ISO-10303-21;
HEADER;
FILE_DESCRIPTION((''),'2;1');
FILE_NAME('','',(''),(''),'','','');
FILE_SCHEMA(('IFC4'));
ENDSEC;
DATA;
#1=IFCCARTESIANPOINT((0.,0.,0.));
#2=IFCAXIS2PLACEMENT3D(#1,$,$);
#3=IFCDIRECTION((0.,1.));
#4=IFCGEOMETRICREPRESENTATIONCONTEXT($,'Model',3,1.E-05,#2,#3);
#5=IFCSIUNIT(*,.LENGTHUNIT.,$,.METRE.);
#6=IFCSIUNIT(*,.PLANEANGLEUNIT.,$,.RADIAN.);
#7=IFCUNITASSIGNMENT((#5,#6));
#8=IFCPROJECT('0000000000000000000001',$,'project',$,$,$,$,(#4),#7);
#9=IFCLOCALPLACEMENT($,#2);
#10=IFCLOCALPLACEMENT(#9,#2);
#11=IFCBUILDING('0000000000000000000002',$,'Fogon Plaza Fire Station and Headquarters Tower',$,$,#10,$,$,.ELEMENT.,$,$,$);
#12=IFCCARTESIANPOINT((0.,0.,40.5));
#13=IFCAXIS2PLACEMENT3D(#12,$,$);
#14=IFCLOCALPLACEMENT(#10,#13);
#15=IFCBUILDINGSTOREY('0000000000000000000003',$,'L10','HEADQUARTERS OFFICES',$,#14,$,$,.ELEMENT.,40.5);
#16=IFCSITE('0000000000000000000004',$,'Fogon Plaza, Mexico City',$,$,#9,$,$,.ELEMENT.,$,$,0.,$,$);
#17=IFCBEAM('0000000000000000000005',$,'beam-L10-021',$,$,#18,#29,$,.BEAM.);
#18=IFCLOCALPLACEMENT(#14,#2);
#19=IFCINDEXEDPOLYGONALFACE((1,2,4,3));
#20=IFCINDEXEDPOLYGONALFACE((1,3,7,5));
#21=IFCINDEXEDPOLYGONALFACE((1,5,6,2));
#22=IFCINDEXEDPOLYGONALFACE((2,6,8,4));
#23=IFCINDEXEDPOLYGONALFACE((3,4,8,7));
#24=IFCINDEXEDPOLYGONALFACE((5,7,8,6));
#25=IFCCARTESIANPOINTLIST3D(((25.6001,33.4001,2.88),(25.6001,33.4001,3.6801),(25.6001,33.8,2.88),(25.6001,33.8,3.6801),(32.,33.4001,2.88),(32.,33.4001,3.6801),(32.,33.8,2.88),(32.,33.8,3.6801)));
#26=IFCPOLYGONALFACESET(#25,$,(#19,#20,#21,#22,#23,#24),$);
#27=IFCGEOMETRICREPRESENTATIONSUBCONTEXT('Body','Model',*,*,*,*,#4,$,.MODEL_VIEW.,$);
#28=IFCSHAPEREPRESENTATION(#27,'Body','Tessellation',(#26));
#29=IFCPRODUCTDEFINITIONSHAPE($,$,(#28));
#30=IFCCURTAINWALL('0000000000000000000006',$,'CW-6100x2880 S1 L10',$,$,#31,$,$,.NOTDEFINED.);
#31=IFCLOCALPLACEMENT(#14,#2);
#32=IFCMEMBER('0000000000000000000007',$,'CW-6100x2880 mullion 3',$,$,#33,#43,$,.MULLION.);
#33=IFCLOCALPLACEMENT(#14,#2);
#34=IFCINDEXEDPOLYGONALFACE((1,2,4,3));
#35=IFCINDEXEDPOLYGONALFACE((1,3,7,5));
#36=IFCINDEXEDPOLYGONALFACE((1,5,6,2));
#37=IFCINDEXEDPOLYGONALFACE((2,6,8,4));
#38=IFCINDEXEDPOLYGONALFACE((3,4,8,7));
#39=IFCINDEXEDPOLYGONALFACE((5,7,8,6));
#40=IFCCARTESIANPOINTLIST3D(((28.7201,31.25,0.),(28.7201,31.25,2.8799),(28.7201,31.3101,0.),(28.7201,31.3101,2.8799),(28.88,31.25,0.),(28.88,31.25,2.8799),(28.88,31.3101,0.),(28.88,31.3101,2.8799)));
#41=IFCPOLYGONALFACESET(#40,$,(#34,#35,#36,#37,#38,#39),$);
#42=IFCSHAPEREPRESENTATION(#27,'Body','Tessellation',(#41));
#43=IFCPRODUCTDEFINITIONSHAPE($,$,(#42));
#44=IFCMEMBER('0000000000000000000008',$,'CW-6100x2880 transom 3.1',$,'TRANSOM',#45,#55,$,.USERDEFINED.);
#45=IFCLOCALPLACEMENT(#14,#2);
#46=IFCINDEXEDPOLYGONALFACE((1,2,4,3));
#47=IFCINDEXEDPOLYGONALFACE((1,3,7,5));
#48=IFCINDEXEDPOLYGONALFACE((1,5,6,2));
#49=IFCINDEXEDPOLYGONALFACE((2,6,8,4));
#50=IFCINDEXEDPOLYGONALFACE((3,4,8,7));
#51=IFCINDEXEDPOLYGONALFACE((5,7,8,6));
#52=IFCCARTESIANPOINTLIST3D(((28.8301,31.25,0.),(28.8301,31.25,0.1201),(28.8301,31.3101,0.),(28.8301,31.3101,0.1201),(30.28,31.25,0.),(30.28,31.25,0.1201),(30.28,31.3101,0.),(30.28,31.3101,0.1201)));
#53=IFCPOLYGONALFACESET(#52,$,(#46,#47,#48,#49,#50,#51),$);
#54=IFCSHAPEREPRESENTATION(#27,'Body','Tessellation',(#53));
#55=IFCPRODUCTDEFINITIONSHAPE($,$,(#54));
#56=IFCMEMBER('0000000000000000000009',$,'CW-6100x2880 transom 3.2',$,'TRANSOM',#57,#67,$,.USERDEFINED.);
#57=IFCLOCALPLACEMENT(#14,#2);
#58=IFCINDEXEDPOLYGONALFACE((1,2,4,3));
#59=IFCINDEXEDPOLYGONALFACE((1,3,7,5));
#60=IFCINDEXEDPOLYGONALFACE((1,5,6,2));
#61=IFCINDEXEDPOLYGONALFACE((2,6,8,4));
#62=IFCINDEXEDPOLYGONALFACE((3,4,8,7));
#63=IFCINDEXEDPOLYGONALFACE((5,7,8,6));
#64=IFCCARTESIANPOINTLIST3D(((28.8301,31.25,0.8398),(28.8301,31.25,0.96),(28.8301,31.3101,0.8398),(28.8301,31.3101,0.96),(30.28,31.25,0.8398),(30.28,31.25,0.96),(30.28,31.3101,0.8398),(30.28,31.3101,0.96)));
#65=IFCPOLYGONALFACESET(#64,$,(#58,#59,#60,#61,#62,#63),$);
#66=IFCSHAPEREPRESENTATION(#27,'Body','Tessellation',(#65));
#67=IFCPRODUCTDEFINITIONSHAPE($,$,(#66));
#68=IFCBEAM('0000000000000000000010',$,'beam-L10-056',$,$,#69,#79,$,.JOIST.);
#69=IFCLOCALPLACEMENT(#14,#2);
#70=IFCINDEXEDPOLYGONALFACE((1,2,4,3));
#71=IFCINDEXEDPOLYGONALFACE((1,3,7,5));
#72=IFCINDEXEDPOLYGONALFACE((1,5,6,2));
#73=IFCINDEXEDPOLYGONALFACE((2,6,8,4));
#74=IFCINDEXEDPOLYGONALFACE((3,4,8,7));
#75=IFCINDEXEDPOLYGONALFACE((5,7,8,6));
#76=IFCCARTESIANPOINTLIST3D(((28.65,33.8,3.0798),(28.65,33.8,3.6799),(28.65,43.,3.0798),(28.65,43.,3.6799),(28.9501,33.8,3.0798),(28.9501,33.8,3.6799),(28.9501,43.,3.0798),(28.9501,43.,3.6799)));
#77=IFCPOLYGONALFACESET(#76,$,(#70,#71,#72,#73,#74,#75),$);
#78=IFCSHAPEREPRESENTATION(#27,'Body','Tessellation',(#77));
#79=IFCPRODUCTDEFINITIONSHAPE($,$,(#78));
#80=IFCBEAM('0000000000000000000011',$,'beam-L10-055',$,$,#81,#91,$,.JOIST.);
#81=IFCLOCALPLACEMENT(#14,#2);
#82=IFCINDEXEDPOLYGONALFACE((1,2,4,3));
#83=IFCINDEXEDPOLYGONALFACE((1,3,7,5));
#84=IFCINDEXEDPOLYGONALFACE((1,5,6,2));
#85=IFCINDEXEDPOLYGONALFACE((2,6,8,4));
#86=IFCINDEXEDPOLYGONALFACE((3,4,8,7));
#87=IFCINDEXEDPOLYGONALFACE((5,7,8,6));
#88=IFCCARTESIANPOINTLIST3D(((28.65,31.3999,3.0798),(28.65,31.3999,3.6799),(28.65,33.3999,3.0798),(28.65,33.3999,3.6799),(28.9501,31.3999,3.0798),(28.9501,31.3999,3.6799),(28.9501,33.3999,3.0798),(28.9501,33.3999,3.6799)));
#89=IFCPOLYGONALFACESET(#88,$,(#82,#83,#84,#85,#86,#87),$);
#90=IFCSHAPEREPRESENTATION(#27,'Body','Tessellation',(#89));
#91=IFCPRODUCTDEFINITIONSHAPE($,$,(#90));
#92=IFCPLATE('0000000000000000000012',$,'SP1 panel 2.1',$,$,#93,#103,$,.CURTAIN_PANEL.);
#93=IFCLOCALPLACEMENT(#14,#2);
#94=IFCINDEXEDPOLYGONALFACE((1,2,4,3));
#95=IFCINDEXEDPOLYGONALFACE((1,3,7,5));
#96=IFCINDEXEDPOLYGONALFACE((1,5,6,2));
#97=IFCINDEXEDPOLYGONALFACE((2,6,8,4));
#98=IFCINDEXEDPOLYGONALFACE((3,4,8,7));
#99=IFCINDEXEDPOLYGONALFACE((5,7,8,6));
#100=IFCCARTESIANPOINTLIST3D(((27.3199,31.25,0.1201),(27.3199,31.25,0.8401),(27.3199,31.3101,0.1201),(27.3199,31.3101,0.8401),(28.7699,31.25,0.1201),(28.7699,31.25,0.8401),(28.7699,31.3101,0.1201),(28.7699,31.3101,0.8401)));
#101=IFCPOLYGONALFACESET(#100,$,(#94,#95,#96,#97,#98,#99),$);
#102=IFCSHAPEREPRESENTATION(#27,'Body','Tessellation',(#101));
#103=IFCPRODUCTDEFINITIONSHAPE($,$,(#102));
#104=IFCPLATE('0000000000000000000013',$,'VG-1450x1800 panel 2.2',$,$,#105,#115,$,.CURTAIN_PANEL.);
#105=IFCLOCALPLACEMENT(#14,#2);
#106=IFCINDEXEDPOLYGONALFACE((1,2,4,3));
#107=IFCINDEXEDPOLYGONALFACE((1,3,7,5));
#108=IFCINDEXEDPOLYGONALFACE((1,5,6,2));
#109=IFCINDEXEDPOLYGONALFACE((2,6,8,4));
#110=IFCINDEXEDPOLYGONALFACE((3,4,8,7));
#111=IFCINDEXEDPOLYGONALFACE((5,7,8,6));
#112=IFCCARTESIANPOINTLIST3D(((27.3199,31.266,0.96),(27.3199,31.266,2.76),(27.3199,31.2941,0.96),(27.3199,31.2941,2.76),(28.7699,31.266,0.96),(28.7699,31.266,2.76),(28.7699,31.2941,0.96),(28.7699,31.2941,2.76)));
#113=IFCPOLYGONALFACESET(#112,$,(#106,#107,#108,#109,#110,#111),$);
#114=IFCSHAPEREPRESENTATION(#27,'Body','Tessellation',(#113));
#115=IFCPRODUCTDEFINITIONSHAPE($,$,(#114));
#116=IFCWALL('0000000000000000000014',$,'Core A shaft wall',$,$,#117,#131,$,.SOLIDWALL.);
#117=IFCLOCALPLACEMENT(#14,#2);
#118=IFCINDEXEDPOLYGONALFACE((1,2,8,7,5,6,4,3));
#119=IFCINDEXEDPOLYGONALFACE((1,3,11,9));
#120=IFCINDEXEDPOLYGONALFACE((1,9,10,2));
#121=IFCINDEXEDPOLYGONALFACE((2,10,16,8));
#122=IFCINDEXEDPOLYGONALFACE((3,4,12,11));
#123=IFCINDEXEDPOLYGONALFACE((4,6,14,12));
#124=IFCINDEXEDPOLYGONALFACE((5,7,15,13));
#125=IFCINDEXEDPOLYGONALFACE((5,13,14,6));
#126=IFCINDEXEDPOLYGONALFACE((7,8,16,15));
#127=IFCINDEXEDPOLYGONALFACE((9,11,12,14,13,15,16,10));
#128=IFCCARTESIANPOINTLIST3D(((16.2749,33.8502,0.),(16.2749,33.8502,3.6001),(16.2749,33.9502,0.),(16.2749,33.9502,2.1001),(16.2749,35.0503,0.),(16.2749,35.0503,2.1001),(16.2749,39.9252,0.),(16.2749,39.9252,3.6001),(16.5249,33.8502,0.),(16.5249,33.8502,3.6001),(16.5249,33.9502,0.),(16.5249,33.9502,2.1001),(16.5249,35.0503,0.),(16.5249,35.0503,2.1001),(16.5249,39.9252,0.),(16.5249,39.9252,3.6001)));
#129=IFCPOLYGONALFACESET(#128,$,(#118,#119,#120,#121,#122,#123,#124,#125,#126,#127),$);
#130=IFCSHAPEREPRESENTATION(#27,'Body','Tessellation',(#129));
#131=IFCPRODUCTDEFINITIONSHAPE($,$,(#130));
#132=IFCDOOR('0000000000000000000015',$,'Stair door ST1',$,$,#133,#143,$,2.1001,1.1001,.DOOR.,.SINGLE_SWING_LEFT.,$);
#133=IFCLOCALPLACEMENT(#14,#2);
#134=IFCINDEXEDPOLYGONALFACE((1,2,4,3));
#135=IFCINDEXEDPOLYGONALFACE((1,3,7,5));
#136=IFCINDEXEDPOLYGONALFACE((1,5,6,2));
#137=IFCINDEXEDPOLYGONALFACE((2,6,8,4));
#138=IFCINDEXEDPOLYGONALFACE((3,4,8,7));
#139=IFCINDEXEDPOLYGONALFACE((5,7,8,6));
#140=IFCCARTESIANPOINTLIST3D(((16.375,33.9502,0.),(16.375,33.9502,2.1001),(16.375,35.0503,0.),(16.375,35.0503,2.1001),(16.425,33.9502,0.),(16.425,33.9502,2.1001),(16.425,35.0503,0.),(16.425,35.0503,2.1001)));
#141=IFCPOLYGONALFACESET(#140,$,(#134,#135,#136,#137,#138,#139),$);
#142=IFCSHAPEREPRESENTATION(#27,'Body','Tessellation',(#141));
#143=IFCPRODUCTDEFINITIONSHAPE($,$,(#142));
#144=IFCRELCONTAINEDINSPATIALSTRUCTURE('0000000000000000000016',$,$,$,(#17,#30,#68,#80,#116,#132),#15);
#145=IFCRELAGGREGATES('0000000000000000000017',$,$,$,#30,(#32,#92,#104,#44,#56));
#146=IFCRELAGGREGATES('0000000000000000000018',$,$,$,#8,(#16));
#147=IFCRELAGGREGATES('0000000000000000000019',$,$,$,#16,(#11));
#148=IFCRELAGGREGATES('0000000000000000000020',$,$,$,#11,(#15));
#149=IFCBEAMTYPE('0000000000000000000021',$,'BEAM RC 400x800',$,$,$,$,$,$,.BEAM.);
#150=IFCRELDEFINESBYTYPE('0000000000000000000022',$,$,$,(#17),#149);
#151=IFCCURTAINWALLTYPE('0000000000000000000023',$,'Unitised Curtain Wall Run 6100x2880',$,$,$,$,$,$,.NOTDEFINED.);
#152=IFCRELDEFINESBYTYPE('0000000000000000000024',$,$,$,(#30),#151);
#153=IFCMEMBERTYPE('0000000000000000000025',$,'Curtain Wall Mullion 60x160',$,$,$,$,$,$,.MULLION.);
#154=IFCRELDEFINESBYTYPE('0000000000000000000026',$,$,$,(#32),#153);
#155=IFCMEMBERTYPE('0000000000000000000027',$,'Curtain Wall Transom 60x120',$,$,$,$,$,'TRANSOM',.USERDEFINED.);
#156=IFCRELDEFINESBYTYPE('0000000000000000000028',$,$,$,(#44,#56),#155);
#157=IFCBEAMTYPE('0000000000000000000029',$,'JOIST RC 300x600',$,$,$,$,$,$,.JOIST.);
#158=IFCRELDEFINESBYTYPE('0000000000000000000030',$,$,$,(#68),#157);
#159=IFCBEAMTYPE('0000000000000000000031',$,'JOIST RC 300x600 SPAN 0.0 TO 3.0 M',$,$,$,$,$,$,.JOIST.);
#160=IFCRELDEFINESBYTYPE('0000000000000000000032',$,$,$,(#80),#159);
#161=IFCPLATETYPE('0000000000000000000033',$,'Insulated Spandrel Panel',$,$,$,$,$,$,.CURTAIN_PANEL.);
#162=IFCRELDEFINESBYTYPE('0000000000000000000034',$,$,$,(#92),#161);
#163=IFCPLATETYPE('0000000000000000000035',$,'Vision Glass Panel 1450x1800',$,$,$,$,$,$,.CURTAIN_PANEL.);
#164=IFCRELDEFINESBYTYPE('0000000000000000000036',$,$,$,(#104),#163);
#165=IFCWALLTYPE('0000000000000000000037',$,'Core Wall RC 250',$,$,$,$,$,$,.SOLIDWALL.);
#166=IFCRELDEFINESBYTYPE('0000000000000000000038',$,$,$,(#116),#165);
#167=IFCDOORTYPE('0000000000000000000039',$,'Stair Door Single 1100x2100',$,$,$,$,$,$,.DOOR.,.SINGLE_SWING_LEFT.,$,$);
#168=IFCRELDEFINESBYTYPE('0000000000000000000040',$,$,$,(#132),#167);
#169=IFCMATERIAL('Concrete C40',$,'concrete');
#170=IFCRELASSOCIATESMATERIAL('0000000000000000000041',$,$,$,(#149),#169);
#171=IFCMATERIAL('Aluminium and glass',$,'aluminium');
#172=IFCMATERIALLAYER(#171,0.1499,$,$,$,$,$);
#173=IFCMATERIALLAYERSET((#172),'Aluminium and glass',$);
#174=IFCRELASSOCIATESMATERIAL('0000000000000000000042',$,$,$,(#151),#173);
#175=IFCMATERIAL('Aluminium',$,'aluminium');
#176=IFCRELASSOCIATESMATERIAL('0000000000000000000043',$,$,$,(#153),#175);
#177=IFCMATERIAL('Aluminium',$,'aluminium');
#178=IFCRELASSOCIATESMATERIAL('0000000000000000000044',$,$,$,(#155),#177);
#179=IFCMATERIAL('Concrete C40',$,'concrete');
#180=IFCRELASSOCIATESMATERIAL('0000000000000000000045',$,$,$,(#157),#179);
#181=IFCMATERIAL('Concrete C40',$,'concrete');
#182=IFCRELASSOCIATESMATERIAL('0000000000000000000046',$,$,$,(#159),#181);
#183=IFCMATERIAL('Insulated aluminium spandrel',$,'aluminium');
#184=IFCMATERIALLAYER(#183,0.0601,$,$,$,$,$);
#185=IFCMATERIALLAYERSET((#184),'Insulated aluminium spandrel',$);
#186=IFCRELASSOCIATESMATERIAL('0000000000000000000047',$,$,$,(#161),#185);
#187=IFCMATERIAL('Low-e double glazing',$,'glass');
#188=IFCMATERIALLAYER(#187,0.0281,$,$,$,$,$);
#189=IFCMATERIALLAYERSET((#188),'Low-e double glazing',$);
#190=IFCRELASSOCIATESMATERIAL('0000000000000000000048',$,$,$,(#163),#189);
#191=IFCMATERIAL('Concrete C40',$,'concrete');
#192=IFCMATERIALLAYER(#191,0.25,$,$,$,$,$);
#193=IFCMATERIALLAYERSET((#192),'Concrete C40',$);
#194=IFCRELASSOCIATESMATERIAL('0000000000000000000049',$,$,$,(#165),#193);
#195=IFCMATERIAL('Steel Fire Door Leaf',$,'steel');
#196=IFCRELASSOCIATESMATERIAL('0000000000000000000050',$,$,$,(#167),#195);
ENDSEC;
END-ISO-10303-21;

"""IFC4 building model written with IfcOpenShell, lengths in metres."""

from ifc_helpers import new_model, si_unit, direction, frame, frame_2d, origin, origin_2d, place, context, subcontext, project, spatial, rectangle, extrude, material, layer, layer_set, material_profile, profile_set, type_object, element, fill, aggregate, save


model = new_model("IFC4")

# Units and contexts
model_context = context("Model", 3, precision=1e-05, world=origin(), true_north=direction((0.0, 1.0)))
body_context = subcontext(model_context, "Body", "Model", "MODEL_VIEW")
ifc_project = project(units=[si_unit("LENGTHUNIT", "METRE"), si_unit("PLANEANGLEUNIT", "RADIAN")], contexts=[model_context])

# Site, building, storey
site_placement = place(None, origin())
site = spatial("IfcSite", under=ifc_project, at=site_placement, Name="Fogon Plaza, Mexico City", CompositionType="ELEMENT", RefElevation=0.0)
building_placement = place(site_placement, origin())
building = spatial("IfcBuilding", under=site, at=building_placement, Name="Fogon Plaza Fire Station and Headquarters Tower", CompositionType="ELEMENT")
storey_placement = place(building_placement, frame((0.0, 0.0, 40.5)))
storey = spatial("IfcBuildingStorey", under=building, at=storey_placement, Name="L10", Description="HEADQUARTERS OFFICES", CompositionType="ELEMENT", Elevation=40.5)

# Beam
ifc_material_1 = material(Name="Concrete C40", Category="concrete")
ifc_material_profile_1 = material_profile(ifc_material_1, rectangle(XDim=0.3999, YDim=0.8, at=origin_2d()), Name="RC 400x800")
ifc_profile_set_1 = profile_set([ifc_material_profile_1], Name="Concrete C40")
beam_type_1 = type_object("IfcBeamType", Name="BEAM RC 400x800", PredefinedType="BEAM", material=ifc_profile_set_1)
beam_1_placement = place(storey_placement, frame((25.6001, 33.6001, 3.28), z_axis=(1.0, 0.0, 0.0), x_axis=(0.0, 1.0, 0.0)))
element("IfcBeam", 1, at=beam_1_placement, inside=storey, type_object=beam_type_1, Name="beam-L10-021", PredefinedType="BEAM", context=body_context, shape_type="SweptSolid", body=[
    extrude(rectangle(XDim=0.3999, YDim=0.8, at=origin_2d()), origin(), (0.0, 0.0, 1.0), 6.3999),
])

# Curtain wall, members
ifc_material_2 = material(Name="Aluminium and glass", Category="aluminium")
ifc_layer_1 = layer(ifc_material_2, 0.1499)
ifc_layer_set_1 = layer_set([ifc_layer_1], Name="Aluminium and glass")
curtain_wall_type = type_object("IfcCurtainWallType", Name="Unitised Curtain Wall Run 6100x2880", PredefinedType="NOTDEFINED", material=ifc_layer_set_1)
curtain_wall_placement = place(storey_placement, origin())
curtain_wall = element("IfcCurtainWall", 2, at=curtain_wall_placement, inside=storey, type_object=curtain_wall_type, Name="CW-6100x2880 S1 L10", PredefinedType="NOTDEFINED")
ifc_material_3 = material(Name="Aluminium", Category="aluminium")
ifc_material_profile_2 = material_profile(ifc_material_3, rectangle(XDim=0.0601, YDim=0.1599, at=origin_2d()), Name="Curtain Wall Mullion 60x160")
ifc_profile_set_2 = profile_set([ifc_material_profile_2], Name="Aluminium")
member_type_1 = type_object("IfcMemberType", Name="Curtain Wall Mullion 60x160", PredefinedType="MULLION", material=ifc_profile_set_2)
member_1_placement = place(storey_placement, frame((28.8, 31.28, 0.0), z_axis=(0.0, 0.0, 1.0), x_axis=(0.0, 1.0, 0.0)))
member_1 = element("IfcMember", 3, at=member_1_placement, type_object=member_type_1, Name="CW-6100x2880 mullion 3", PredefinedType="MULLION", context=body_context, shape_type="SweptSolid", body=[
    extrude(rectangle(XDim=0.0601, YDim=0.1599, at=origin_2d()), origin(), (0.0, 0.0, 1.0), 2.8799),
])
ifc_material_4 = material(Name="Aluminium", Category="aluminium")
ifc_material_profile_3 = material_profile(ifc_material_4, rectangle(XDim=0.0601, YDim=0.1201, at=origin_2d()), Name="Curtain Wall Transom 60x120")
ifc_profile_set_3 = profile_set([ifc_material_profile_3], Name="Aluminium")
member_type_2 = type_object("IfcMemberType", Name="Curtain Wall Transom 60x120", ElementType="TRANSOM", PredefinedType="USERDEFINED", material=ifc_profile_set_3)
member_2_placement = place(storey_placement, frame((28.8301, 31.28, 0.0601), z_axis=(1.0, 0.0, 0.0), x_axis=(0.0, 1.0, 0.0)))
member_2 = element("IfcMember", 4, at=member_2_placement, type_object=member_type_2, Name="CW-6100x2880 transom 3.1", ObjectType="TRANSOM", PredefinedType="USERDEFINED", context=body_context, shape_type="SweptSolid", body=[
    extrude(rectangle(XDim=0.0601, YDim=0.1201, at=origin_2d()), origin(), (0.0, 0.0, 1.0), 1.45),
])
member_3_placement = place(storey_placement, frame((28.8301, 31.28, 0.8999), z_axis=(1.0, 0.0, 0.0), x_axis=(0.0, 1.0, 0.0)))
member_3 = element("IfcMember", 5, at=member_3_placement, type_object=member_type_2, Name="CW-6100x2880 transom 3.2", ObjectType="TRANSOM", PredefinedType="USERDEFINED", context=body_context, shape_type="SweptSolid", body=[
    extrude(rectangle(XDim=0.0601, YDim=0.1201, at=origin_2d()), origin(), (0.0, 0.0, 1.0), 1.45),
])

# Beams
ifc_material_5 = material(Name="Concrete C40", Category="concrete")
ifc_material_profile_4 = material_profile(ifc_material_5, rectangle(XDim=0.3, YDim=0.6001, at=origin_2d()), Name="RC 300x600")
ifc_profile_set_4 = profile_set([ifc_material_profile_4], Name="Concrete C40")
beam_type_2 = type_object("IfcBeamType", Name="JOIST RC 300x600", PredefinedType="JOIST", material=ifc_profile_set_4)
beam_2_placement = place(storey_placement, frame((28.8, 33.8, 3.3799), z_axis=(0.0, 1.0, 0.0), x_axis=(-1.0, 0.0, 0.0)))
element("IfcBeam", 6, at=beam_2_placement, inside=storey, type_object=beam_type_2, Name="beam-L10-056", PredefinedType="JOIST", context=body_context, shape_type="SweptSolid", body=[
    extrude(rectangle(XDim=0.3, YDim=0.6001, at=origin_2d()), origin(), (0.0, 0.0, 1.0), 9.2),
])
ifc_material_6 = material(Name="Concrete C40", Category="concrete")
ifc_material_profile_5 = material_profile(ifc_material_6, rectangle(XDim=0.3, YDim=0.6001, at=origin_2d()), Name="RC 300x600")
ifc_profile_set_5 = profile_set([ifc_material_profile_5], Name="Concrete C40")
beam_type_3 = type_object("IfcBeamType", Name="JOIST RC 300x600 SPAN 0.0 TO 3.0 M", PredefinedType="JOIST", material=ifc_profile_set_5)
beam_3_placement = place(storey_placement, frame((28.8, 31.3999, 3.3799), z_axis=(0.0, 1.0, 0.0), x_axis=(-1.0, 0.0, 0.0)))
element("IfcBeam", 7, at=beam_3_placement, inside=storey, type_object=beam_type_3, Name="beam-L10-055", PredefinedType="JOIST", context=body_context, shape_type="SweptSolid", body=[
    extrude(rectangle(XDim=0.3, YDim=0.6001, at=origin_2d()), origin(), (0.0, 0.0, 1.0), 2.0),
])

# Plates
ifc_material_7 = material(Name="Insulated aluminium spandrel", Category="aluminium")
ifc_layer_2 = layer(ifc_material_7, 0.0601)
ifc_layer_set_2 = layer_set([ifc_layer_2], Name="Insulated aluminium spandrel")
plate_type_1 = type_object("IfcPlateType", Name="Insulated Spandrel Panel", PredefinedType="CURTAIN_PANEL", material=ifc_layer_set_2)
plate_1_placement = place(storey_placement, frame((28.0449, 31.28, 0.1201), z_axis=(0.0, 0.0, 1.0), x_axis=(1.0, 0.0, 0.0)))
plate_1 = element("IfcPlate", 8, at=plate_1_placement, type_object=plate_type_1, Name="SP1 panel 2.1", PredefinedType="CURTAIN_PANEL", context=body_context, shape_type="SweptSolid", body=[
    extrude(rectangle(XDim=1.45, YDim=0.0601, at=origin_2d()), origin(), (0.0, 0.0, 1.0), 0.72),
])
ifc_material_8 = material(Name="Low-e double glazing", Category="glass")
ifc_layer_3 = layer(ifc_material_8, 0.0281)
ifc_layer_set_3 = layer_set([ifc_layer_3], Name="Low-e double glazing")
plate_type_2 = type_object("IfcPlateType", Name="Vision Glass Panel 1450x1800", PredefinedType="CURTAIN_PANEL", material=ifc_layer_set_3)
plate_2_placement = place(storey_placement, frame((28.0449, 31.28, 0.96), z_axis=(0.0, 0.0, 1.0), x_axis=(1.0, 0.0, 0.0)))
plate_2 = element("IfcPlate", 9, at=plate_2_placement, type_object=plate_type_2, Name="VG-1450x1800 panel 2.2", PredefinedType="CURTAIN_PANEL", context=body_context, shape_type="SweptSolid", body=[
    extrude(rectangle(XDim=1.45, YDim=0.0281, at=origin_2d()), origin(), (0.0, 0.0, 1.0), 1.8),
])
aggregate(curtain_wall, [member_1, plate_1, plate_2, member_2, member_3])

# Wall, opening, door
ifc_material_9 = material(Name="Concrete C40", Category="concrete")
ifc_layer_4 = layer(ifc_material_9, 0.25)
ifc_layer_set_4 = layer_set([ifc_layer_4], Name="Concrete C40")
wall_type_1 = type_object("IfcWallType", Name="Core Wall RC 250", PredefinedType="SOLIDWALL", material=ifc_layer_set_4)
wall_1_placement = place(storey_placement, frame((16.3999, 33.8501, 0.0), z_axis=(0.0, 0.0, 1.0), x_axis=(0.0, 1.0, 0.0)))
wall_1 = element("IfcWall", 10, at=wall_1_placement, inside=storey, type_object=wall_type_1, Name="Core A shaft wall", PredefinedType="SOLIDWALL", context=body_context, shape_type="SweptSolid", body=[
    extrude(rectangle(XDim=6.075, YDim=0.25, at=frame_2d((3.0376, 0.0))), origin(), (0.0, 0.0, 1.0), 3.6001),
])
opening_1_placement = place(wall_1_placement, frame((0.1001, 0.0, 0.0)))
opening_1 = element("IfcOpeningElement", 11, at=opening_1_placement, cuts=wall_1, PredefinedType="OPENING", context=body_context, shape_type="SweptSolid", body=[
    extrude(rectangle(XDim=1.1001, YDim=2.1001, at=frame_2d((0.55, 1.05))), frame((0.0, 0.135, 0.0), z_axis=(0.0, -1.0, 0.0), x_axis=(1.0, 0.0, 0.0)), (0.0, 0.0, 1.0), 0.27),
])
ifc_material_10 = material(Name="Steel Fire Door Leaf", Category="steel")
door_type_1 = type_object("IfcDoorType", Name="Stair Door Single 1100x2100", OperationType="SINGLE_SWING_LEFT", PredefinedType="DOOR", material=ifc_material_10)
door_1_placement = place(opening_1_placement, origin())
door_1 = element("IfcDoor", 12, at=door_1_placement, inside=storey, type_object=door_type_1, Name="Stair door ST1", OperationType="SINGLE_SWING_LEFT", OverallHeight=2.1001, OverallWidth=1.1001, PredefinedType="DOOR", context=body_context, shape_type="SweptSolid", body=[
    extrude(rectangle(XDim=1.1001, YDim=2.1001, at=frame_2d((0.55, 1.05))), frame((0.0, 0.0249, 0.0), z_axis=(0.0, -1.0, 0.0), x_axis=(1.0, 0.0, 0.0)), (0.0, 0.0, 1.0), 0.05),
])
fill(opening_1, door_1)

save(model, "model.ifc")
